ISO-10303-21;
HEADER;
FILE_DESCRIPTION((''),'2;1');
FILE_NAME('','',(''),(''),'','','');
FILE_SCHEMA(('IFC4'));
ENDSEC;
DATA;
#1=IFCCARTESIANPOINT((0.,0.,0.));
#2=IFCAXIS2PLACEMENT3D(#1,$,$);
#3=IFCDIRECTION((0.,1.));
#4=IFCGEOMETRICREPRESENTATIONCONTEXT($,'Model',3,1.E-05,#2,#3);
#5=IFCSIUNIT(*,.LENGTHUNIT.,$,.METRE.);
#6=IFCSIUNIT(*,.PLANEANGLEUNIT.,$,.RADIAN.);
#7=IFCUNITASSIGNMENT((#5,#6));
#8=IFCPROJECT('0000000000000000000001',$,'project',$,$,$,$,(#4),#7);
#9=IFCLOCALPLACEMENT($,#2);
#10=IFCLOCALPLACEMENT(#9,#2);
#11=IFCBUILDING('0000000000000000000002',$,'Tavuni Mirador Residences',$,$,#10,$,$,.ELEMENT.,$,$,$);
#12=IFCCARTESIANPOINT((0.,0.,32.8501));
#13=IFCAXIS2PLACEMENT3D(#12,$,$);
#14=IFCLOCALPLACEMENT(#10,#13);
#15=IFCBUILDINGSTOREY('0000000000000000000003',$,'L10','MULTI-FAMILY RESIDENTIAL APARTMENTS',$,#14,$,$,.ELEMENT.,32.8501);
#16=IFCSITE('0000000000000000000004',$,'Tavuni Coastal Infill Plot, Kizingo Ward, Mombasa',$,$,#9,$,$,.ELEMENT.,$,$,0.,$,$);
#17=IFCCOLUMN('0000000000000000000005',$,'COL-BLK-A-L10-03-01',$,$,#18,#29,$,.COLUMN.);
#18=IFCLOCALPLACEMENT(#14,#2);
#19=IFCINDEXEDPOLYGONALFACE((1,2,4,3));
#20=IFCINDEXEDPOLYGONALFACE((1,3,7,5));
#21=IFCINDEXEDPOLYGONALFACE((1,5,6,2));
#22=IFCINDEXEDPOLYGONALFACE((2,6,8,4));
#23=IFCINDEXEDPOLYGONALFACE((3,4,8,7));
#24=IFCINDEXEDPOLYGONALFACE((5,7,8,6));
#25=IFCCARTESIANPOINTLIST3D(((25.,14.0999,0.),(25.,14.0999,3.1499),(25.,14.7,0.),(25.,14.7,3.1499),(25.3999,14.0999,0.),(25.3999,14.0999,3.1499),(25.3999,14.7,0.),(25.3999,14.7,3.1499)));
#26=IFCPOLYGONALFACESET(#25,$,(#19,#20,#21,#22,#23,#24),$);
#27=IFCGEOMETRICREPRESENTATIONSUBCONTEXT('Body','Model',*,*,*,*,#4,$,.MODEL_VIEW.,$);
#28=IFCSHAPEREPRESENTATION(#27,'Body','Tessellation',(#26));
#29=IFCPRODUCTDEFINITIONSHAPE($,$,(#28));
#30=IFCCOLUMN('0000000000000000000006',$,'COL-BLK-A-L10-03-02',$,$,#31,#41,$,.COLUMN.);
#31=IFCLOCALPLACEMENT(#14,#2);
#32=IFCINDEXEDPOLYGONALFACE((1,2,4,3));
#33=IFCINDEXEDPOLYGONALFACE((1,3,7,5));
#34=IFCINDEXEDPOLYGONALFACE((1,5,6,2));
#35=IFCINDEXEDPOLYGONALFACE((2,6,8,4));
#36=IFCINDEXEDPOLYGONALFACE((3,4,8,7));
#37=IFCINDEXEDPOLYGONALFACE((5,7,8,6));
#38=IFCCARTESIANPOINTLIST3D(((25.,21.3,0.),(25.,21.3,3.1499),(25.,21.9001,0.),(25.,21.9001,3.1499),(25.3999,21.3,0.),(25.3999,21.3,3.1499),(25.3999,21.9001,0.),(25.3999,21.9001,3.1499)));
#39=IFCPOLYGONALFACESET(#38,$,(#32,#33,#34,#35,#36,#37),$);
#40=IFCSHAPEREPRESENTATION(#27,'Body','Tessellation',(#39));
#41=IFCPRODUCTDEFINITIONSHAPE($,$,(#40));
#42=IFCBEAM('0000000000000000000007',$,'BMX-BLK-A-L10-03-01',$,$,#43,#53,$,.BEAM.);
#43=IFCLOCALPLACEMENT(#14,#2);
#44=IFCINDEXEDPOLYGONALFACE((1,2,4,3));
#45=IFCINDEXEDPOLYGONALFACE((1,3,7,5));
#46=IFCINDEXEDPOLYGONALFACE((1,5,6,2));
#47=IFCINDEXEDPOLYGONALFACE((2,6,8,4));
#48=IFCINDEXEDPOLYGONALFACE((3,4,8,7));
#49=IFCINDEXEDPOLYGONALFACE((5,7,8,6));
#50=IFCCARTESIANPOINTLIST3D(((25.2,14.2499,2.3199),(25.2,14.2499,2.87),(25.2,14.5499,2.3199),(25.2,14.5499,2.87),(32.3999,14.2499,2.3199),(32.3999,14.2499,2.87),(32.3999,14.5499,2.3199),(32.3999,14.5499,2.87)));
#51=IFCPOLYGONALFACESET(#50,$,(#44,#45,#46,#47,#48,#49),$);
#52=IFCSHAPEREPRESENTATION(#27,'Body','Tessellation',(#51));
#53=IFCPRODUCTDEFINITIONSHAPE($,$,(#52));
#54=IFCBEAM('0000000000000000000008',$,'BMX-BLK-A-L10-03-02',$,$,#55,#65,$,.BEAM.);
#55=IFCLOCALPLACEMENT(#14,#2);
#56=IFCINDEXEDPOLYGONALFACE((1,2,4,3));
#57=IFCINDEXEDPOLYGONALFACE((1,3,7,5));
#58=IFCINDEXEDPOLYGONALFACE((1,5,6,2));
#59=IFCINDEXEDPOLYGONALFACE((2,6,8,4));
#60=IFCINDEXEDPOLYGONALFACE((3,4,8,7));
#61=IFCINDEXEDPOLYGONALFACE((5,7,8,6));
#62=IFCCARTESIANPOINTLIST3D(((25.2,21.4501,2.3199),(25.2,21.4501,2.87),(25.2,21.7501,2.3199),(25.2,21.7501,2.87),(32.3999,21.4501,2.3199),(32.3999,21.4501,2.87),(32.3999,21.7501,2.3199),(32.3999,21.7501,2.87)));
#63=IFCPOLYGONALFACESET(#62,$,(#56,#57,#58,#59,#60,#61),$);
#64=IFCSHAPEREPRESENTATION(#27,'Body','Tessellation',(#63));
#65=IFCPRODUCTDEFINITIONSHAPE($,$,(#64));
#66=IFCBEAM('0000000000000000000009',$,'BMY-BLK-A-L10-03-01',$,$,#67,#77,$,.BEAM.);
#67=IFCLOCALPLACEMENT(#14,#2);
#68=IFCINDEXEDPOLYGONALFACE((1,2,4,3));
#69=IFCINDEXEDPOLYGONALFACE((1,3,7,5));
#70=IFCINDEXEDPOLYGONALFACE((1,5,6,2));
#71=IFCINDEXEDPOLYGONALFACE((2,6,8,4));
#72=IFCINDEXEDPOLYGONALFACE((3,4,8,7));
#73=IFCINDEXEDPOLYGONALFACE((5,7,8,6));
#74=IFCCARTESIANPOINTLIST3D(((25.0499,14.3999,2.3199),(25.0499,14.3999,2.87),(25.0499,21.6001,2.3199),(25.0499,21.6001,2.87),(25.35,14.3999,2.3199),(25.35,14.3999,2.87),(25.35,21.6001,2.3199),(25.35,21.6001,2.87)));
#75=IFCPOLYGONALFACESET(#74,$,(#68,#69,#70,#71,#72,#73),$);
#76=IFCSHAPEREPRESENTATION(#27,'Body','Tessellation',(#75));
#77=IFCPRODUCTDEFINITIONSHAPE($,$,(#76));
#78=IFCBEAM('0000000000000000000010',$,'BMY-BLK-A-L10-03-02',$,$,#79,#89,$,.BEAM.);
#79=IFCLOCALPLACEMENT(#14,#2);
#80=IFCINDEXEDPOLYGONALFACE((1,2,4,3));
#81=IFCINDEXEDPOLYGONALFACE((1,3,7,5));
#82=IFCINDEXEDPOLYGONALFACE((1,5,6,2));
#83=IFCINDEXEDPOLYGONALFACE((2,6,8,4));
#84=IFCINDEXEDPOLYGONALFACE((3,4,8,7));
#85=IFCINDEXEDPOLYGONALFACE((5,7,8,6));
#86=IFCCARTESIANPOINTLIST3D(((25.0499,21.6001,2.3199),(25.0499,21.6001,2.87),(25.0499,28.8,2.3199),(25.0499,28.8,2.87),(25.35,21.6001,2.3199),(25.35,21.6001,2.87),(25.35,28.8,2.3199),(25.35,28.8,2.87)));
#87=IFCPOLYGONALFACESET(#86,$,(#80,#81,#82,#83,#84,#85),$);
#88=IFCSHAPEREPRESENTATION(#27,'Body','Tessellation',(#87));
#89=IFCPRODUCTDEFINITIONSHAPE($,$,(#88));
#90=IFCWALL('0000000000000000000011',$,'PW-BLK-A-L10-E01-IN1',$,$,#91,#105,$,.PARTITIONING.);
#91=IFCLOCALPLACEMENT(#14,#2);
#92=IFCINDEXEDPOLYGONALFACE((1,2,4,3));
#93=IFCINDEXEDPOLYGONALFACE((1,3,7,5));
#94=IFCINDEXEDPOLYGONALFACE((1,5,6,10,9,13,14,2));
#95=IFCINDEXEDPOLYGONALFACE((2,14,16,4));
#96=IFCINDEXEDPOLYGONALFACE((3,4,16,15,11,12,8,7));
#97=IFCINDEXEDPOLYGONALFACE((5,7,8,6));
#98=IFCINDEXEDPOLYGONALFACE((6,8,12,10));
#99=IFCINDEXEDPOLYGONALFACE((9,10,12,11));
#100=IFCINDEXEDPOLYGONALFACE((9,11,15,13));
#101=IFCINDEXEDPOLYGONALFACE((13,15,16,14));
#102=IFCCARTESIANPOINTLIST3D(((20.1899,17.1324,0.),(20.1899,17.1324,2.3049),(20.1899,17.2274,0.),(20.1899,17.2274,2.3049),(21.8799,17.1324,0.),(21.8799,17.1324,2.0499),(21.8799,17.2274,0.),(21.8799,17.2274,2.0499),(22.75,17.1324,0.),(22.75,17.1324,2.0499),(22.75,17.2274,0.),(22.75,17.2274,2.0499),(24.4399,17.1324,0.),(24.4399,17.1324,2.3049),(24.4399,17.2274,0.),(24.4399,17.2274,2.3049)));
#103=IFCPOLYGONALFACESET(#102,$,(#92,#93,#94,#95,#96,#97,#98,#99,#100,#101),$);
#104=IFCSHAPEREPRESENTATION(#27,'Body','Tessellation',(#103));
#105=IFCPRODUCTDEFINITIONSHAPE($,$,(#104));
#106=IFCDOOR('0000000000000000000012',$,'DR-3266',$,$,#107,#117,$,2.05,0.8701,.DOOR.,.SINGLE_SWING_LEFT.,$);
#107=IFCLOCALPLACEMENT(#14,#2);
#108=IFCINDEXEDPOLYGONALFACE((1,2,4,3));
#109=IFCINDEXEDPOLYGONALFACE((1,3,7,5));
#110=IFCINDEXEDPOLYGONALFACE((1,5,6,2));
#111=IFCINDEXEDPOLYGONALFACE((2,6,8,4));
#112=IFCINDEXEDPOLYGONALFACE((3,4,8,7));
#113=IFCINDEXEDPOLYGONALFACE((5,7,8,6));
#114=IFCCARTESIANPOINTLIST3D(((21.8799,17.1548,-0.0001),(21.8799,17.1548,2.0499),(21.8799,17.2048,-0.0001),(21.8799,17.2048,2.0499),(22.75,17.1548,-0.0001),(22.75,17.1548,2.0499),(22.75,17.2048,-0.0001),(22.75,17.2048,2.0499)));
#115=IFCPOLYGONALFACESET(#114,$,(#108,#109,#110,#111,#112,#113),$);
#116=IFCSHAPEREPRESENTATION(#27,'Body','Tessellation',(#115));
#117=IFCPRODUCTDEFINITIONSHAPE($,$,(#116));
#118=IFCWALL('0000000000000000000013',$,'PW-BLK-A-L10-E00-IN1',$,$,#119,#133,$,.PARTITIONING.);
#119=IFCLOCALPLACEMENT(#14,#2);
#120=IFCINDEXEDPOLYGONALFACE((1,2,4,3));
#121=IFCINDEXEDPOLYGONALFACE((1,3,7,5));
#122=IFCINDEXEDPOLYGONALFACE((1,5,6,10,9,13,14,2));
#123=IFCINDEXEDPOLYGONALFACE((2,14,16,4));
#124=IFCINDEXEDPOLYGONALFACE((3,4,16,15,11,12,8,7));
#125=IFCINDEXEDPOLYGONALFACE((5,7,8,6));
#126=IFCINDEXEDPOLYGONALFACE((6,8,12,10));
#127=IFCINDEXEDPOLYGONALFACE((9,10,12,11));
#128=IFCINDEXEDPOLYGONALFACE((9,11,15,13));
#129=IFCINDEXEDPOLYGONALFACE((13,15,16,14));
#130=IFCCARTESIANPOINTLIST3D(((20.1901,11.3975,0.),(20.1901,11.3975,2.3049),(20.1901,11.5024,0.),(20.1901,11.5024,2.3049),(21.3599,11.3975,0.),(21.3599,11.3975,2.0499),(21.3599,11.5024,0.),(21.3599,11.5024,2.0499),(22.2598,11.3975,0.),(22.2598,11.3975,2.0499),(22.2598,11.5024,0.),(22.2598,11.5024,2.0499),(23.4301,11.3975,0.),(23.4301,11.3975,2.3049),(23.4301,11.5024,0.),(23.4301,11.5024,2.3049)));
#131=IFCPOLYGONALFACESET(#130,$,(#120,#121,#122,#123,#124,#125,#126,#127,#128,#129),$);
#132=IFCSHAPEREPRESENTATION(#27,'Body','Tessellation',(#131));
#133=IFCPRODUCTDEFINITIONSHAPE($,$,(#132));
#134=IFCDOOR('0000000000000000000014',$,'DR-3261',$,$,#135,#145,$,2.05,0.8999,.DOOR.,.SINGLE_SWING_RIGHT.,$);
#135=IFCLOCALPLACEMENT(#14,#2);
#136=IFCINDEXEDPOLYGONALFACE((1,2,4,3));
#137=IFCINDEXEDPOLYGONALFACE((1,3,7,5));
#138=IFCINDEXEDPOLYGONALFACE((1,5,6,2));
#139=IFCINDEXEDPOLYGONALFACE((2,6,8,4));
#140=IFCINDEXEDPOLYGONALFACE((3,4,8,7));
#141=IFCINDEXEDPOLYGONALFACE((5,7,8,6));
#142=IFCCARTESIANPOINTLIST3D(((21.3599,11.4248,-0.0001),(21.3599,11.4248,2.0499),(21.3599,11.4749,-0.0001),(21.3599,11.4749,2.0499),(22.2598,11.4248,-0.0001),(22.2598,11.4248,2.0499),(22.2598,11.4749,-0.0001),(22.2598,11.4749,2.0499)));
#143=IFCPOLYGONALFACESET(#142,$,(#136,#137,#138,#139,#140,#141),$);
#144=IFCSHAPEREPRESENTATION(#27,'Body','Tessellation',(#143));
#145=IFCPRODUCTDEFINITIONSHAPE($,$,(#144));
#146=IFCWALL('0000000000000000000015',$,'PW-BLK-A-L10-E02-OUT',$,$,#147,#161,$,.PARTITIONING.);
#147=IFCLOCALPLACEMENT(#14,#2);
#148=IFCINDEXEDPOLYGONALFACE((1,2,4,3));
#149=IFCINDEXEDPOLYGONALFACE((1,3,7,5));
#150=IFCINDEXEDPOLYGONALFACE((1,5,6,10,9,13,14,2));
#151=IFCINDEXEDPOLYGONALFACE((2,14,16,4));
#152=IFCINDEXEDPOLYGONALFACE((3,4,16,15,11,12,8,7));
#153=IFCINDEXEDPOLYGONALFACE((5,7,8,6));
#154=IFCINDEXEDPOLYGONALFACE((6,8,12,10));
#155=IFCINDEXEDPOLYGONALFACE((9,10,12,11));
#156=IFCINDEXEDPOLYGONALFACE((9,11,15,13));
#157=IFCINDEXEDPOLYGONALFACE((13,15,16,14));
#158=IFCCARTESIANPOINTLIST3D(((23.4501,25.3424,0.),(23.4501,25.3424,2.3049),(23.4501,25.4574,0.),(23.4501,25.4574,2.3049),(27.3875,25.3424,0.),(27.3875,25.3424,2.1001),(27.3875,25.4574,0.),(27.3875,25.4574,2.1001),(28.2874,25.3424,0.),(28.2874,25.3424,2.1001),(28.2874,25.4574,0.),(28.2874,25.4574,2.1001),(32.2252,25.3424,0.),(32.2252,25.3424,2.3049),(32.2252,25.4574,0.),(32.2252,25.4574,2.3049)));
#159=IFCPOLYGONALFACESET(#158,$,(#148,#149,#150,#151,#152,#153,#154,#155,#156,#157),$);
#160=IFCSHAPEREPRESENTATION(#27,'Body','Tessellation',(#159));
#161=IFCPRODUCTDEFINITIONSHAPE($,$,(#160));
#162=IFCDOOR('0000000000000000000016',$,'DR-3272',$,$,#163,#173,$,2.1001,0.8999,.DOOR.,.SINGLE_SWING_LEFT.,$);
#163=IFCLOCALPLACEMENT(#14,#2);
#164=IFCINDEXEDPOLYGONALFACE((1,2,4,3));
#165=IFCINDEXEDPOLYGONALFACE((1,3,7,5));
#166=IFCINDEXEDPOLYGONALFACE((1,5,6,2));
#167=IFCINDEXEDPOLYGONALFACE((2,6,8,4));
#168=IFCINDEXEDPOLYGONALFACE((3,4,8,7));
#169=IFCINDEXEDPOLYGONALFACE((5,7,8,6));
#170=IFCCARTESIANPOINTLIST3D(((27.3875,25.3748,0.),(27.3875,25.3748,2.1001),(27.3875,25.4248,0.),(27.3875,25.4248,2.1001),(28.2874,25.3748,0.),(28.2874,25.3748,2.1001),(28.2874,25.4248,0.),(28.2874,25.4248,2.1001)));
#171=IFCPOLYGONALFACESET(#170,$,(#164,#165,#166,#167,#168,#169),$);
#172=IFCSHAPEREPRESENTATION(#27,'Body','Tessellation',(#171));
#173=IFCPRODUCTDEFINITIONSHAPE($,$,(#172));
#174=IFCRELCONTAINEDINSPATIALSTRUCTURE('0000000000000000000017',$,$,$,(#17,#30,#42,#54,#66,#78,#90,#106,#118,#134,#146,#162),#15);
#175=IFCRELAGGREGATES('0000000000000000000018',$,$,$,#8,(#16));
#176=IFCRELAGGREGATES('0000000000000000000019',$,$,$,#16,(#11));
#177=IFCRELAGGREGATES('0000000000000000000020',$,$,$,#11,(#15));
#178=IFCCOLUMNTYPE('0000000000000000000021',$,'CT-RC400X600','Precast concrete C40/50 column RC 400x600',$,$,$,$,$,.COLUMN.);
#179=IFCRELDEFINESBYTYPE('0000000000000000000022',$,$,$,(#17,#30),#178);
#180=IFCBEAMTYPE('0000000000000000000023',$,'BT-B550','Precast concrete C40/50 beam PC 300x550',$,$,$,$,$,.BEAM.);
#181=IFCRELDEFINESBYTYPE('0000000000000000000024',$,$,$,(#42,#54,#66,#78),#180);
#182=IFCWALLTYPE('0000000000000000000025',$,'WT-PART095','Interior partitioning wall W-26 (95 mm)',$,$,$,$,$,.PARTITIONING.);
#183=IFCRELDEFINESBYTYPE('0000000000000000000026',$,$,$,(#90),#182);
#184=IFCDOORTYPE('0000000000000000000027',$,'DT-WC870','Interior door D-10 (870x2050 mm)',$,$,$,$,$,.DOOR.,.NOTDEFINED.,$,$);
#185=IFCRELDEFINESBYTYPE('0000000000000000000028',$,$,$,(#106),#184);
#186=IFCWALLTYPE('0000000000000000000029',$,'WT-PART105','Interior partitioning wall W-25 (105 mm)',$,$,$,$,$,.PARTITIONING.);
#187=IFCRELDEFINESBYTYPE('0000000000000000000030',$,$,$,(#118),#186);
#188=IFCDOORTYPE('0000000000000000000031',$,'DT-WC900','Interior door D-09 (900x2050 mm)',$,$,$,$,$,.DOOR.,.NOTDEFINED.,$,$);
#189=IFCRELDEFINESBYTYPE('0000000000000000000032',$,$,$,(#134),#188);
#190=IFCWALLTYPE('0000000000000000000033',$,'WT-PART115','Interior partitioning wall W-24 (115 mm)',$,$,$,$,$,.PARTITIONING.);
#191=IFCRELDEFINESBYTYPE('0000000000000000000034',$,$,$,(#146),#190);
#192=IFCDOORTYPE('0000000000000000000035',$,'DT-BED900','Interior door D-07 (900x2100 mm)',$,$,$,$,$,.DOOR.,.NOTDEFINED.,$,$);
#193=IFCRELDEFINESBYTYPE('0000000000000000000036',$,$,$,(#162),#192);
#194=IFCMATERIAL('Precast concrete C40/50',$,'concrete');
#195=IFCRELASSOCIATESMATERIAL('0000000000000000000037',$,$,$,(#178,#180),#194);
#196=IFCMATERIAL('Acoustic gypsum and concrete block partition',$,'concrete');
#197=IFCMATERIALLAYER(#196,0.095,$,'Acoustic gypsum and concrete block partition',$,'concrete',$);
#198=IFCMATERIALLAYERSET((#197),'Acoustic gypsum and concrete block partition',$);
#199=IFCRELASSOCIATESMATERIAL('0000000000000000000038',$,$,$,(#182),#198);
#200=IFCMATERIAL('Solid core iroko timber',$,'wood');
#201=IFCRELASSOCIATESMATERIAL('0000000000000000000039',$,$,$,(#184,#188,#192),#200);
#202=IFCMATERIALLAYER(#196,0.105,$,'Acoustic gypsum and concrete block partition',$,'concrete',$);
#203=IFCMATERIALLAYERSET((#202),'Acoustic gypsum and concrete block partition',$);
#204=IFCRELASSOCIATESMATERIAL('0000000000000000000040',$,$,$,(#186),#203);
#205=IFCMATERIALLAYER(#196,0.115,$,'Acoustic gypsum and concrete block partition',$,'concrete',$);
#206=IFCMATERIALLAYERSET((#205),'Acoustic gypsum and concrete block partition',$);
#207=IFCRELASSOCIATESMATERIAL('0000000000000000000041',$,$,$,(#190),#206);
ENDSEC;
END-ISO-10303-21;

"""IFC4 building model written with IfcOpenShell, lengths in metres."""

from ifc_helpers import new_model, si_unit, direction, frame, frame_2d, origin, origin_2d, place, context, subcontext, project, spatial, rectangle, extrude, material, layer, layer_set, material_profile, profile_set, type_object, element, fill, save


model = new_model("IFC4")

# Units and contexts
model_context = context("Model", 3, precision=1e-05, world=origin(), true_north=direction((0.0, 1.0)))
body_context = subcontext(model_context, "Body", "Model", "MODEL_VIEW")
ifc_project = project(units=[si_unit("LENGTHUNIT", "METRE"), si_unit("PLANEANGLEUNIT", "RADIAN")], contexts=[model_context])

# Site, building, storey
site_placement = place(None, origin())
site = spatial("IfcSite", under=ifc_project, at=site_placement, Name="Tavuni Coastal Infill Plot, Kizingo Ward, Mombasa", CompositionType="ELEMENT", RefElevation=0.0)
building_placement = place(site_placement, origin())
building = spatial("IfcBuilding", under=site, at=building_placement, Name="Tavuni Mirador Residences", CompositionType="ELEMENT")
storey_placement = place(building_placement, frame((0.0, 0.0, 32.8501)))
storey = spatial("IfcBuildingStorey", under=building, at=storey_placement, Name="L10", Description="MULTI-FAMILY RESIDENTIAL APARTMENTS", CompositionType="ELEMENT", Elevation=32.8501)

# Columns
ifc_material_1 = material(Name="Precast concrete C40/50", Category="concrete")
ifc_material_profile_1 = material_profile(ifc_material_1, rectangle(XDim=0.3999, YDim=0.6001, at=origin_2d()), Name="RC 400x600", Category="concrete")
ifc_profile_set_1 = profile_set([ifc_material_profile_1], Name="Precast concrete C40/50")
column_type = type_object("IfcColumnType", Name="CT-RC400X600", Description="Precast concrete C40/50 column RC 400x600", PredefinedType="COLUMN", material=ifc_profile_set_1)
for number, where, z_axis, x_axis, name in (
    (1, (25.2, 14.3999, 0.0), (0.0, 0.0, 1.0), (1.0, 0.0, 0.0), "COL-BLK-A-L10-03-01"),
    (2, (25.2, 21.6001, 0.0), (0.0, 0.0, 1.0), (1.0, 0.0, 0.0), "COL-BLK-A-L10-03-02"),
):
    element("IfcColumn", number, at=place(storey_placement, frame(where, z_axis=z_axis, x_axis=x_axis)), inside=storey, type_object=column_type, Name=name, PredefinedType="COLUMN", context=body_context, shape_type="SweptSolid", body=[
        extrude(rectangle(XDim=0.3999, YDim=0.6001, at=origin_2d()), origin(), (0.0, 0.0, 1.0), 3.1499),
    ])

# Beams
ifc_material_profile_2 = material_profile(ifc_material_1, rectangle(XDim=0.3, YDim=0.55, at=origin_2d()), Name="PC 300x550", Category="concrete")
ifc_profile_set_2 = profile_set([ifc_material_profile_2], Name="Precast concrete C40/50")
beam_type = type_object("IfcBeamType", Name="BT-B550", Description="Precast concrete C40/50 beam PC 300x550", PredefinedType="BEAM", material=ifc_profile_set_2)
for number, where, z_axis, x_axis, name in (
    (3, (25.2, 14.3999, 2.595), (1.0, 0.0, 0.0), (0.0, 1.0, 0.0), "BMX-BLK-A-L10-03-01"),
    (4, (25.2, 21.6001, 2.595), (1.0, 0.0, 0.0), (0.0, 1.0, 0.0), "BMX-BLK-A-L10-03-02"),
):
    element("IfcBeam", number, at=place(storey_placement, frame(where, z_axis=z_axis, x_axis=x_axis)), inside=storey, type_object=beam_type, Name=name, PredefinedType="BEAM", context=body_context, shape_type="SweptSolid", body=[
        extrude(rectangle(XDim=0.3, YDim=0.55, at=origin_2d()), origin(), (0.0, 0.0, 1.0), 7.2),
    ])
beam_1_placement = place(storey_placement, frame((25.2, 14.3999, 2.595), z_axis=(0.0, 1.0, 0.0), x_axis=(-1.0, 0.0, 0.0)))
element("IfcBeam", 5, at=beam_1_placement, inside=storey, type_object=beam_type, Name="BMY-BLK-A-L10-03-01", PredefinedType="BEAM", context=body_context, shape_type="SweptSolid", body=[
    extrude(rectangle(XDim=0.3, YDim=0.55, at=origin_2d()), origin(), (0.0, 0.0, 1.0), 7.2002),
])
beam_2_placement = place(storey_placement, frame((25.2, 21.6001, 2.595), z_axis=(0.0, 1.0, 0.0), x_axis=(-1.0, 0.0, 0.0)))
element("IfcBeam", 6, at=beam_2_placement, inside=storey, type_object=beam_type, Name="BMY-BLK-A-L10-03-02", PredefinedType="BEAM", context=body_context, shape_type="SweptSolid", body=[
    extrude(rectangle(XDim=0.3, YDim=0.55, at=origin_2d()), origin(), (0.0, 0.0, 1.0), 7.2),
])

# Walls, openings, doors
ifc_material_2 = material(Name="Acoustic gypsum and concrete block partition", Category="concrete")
ifc_layer_1 = layer(ifc_material_2, 0.095, Name="Acoustic gypsum and concrete block partition", Category="concrete")
ifc_layer_set_1 = layer_set([ifc_layer_1], Name="Acoustic gypsum and concrete block partition")
wall_type_1 = type_object("IfcWallType", Name="WT-PART095", Description="Interior partitioning wall W-26 (95 mm)", PredefinedType="PARTITIONING", material=ifc_layer_set_1)
wall_1_placement = place(storey_placement, frame((20.1899, 17.1799, 0.0), z_axis=(0.0, 0.0, 1.0), x_axis=(1.0, 0.0, 0.0)))
wall_1 = element("IfcWall", 7, at=wall_1_placement, inside=storey, type_object=wall_type_1, Name="PW-BLK-A-L10-E01-IN1", PredefinedType="PARTITIONING", context=body_context, shape_type="SweptSolid", body=[
    extrude(rectangle(XDim=4.25, YDim=0.095, at=frame_2d((2.125, 0.0))), origin(), (0.0, 0.0, 1.0), 2.3049),
])
opening_1_placement = place(wall_1_placement, frame((1.6899, 0.0, 0.0)))
opening_1 = element("IfcOpeningElement", 8, at=opening_1_placement, cuts=wall_1, PredefinedType="OPENING", context=body_context, shape_type="SweptSolid", body=[
    extrude(rectangle(XDim=0.8701, YDim=2.05, at=frame_2d((0.4351, 1.0249))), frame((0.0, 0.0576, 0.0), z_axis=(0.0, -1.0, 0.0), x_axis=(1.0, 0.0, 0.0)), (0.0, 0.0, 1.0), 0.115),
])
ifc_material_3 = material(Name="Solid core iroko timber", Category="wood")
door_type_1 = type_object("IfcDoorType", Name="DT-WC870", Description="Interior door D-10 (870x2050 mm)", OperationType="NOTDEFINED", PredefinedType="DOOR", material=ifc_material_3)
door_1_placement = place(opening_1_placement, origin())
door_1 = element("IfcDoor", 9, at=door_1_placement, inside=storey, type_object=door_type_1, Name="DR-3266", OperationType="SINGLE_SWING_LEFT", OverallHeight=2.05, OverallWidth=0.8701, PredefinedType="DOOR", context=body_context, shape_type="SweptSolid", body=[
    extrude(rectangle(XDim=0.8701, YDim=2.05, at=frame_2d((0.4351, 1.0249))), frame((0.0, 0.0249, 0.0), z_axis=(0.0, -1.0, 0.0), x_axis=(1.0, 0.0, 0.0)), (0.0, 0.0, 1.0), 0.05),
])
fill(opening_1, door_1)
ifc_layer_2 = layer(ifc_material_2, 0.105, Name="Acoustic gypsum and concrete block partition", Category="concrete")
ifc_layer_set_2 = layer_set([ifc_layer_2], Name="Acoustic gypsum and concrete block partition")
wall_type_2 = type_object("IfcWallType", Name="WT-PART105", Description="Interior partitioning wall W-25 (105 mm)", PredefinedType="PARTITIONING", material=ifc_layer_set_2)
wall_2_placement = place(storey_placement, frame((20.1899, 11.45, 0.0), z_axis=(0.0, 0.0, 1.0), x_axis=(1.0, 0.0, 0.0)))
wall_2 = element("IfcWall", 10, at=wall_2_placement, inside=storey, type_object=wall_type_2, Name="PW-BLK-A-L10-E00-IN1", PredefinedType="PARTITIONING", context=body_context, shape_type="SweptSolid", body=[
    extrude(rectangle(XDim=3.24, YDim=0.105, at=frame_2d((1.6201, 0.0))), origin(), (0.0, 0.0, 1.0), 2.3049),
])
opening_2_placement = place(wall_2_placement, frame((1.1699, 0.0, 0.0)))
opening_2 = element("IfcOpeningElement", 11, at=opening_2_placement, cuts=wall_2, PredefinedType="OPENING", context=body_context, shape_type="SweptSolid", body=[
    extrude(rectangle(XDim=0.8999, YDim=2.05, at=frame_2d((0.45, 1.0249))), frame((0.0, 0.0625, 0.0), z_axis=(0.0, -1.0, 0.0), x_axis=(1.0, 0.0, 0.0)), (0.0, 0.0, 1.0), 0.125),
])
door_type_2 = type_object("IfcDoorType", Name="DT-WC900", Description="Interior door D-09 (900x2050 mm)", OperationType="NOTDEFINED", PredefinedType="DOOR", material=ifc_material_3)
door_2_placement = place(opening_2_placement, origin())
door_2 = element("IfcDoor", 12, at=door_2_placement, inside=storey, type_object=door_type_2, Name="DR-3261", OperationType="SINGLE_SWING_RIGHT", OverallHeight=2.05, OverallWidth=0.8999, PredefinedType="DOOR", context=body_context, shape_type="SweptSolid", body=[
    extrude(rectangle(XDim=0.8999, YDim=2.05, at=frame_2d((0.45, 1.0249))), frame((0.0, 0.0249, 0.0), z_axis=(0.0, -1.0, 0.0), x_axis=(1.0, 0.0, 0.0)), (0.0, 0.0, 1.0), 0.05),
])
fill(opening_2, door_2)
ifc_layer_3 = layer(ifc_material_2, 0.115, Name="Acoustic gypsum and concrete block partition", Category="concrete")
ifc_layer_set_3 = layer_set([ifc_layer_3], Name="Acoustic gypsum and concrete block partition")
wall_type_3 = type_object("IfcWallType", Name="WT-PART115", Description="Interior partitioning wall W-24 (115 mm)", PredefinedType="PARTITIONING", material=ifc_layer_set_3)
wall_3_placement = place(storey_placement, frame((23.45, 25.3999, 0.0), z_axis=(0.0, 0.0, 1.0), x_axis=(1.0, 0.0, 0.0)))
wall_3 = element("IfcWall", 13, at=wall_3_placement, inside=storey, type_object=wall_type_3, Name="PW-BLK-A-L10-E02-OUT", PredefinedType="PARTITIONING", context=body_context, shape_type="SweptSolid", body=[
    extrude(rectangle(XDim=8.7751, YDim=0.115, at=frame_2d((4.3877, 0.0))), origin(), (0.0, 0.0, 1.0), 2.3049),
])
opening_3_placement = place(wall_3_placement, frame((3.9375, 0.0, 0.0)))
opening_3 = element("IfcOpeningElement", 14, at=opening_3_placement, cuts=wall_3, PredefinedType="OPENING", context=body_context, shape_type="SweptSolid", body=[
    extrude(rectangle(XDim=0.8999, YDim=2.1001, at=frame_2d((0.45, 1.05))), frame((0.0, 0.0674, 0.0), z_axis=(0.0, -1.0, 0.0), x_axis=(1.0, 0.0, 0.0)), (0.0, 0.0, 1.0), 0.135),
])
door_type_3 = type_object("IfcDoorType", Name="DT-BED900", Description="Interior door D-07 (900x2100 mm)", OperationType="NOTDEFINED", PredefinedType="DOOR", material=ifc_material_3)
door_3_placement = place(opening_3_placement, origin())
door_3 = element("IfcDoor", 15, at=door_3_placement, inside=storey, type_object=door_type_3, Name="DR-3272", OperationType="SINGLE_SWING_LEFT", OverallHeight=2.1001, OverallWidth=0.8999, PredefinedType="DOOR", context=body_context, shape_type="SweptSolid", body=[
    extrude(rectangle(XDim=0.8999, YDim=2.1001, at=frame_2d((0.45, 1.05))), frame((0.0, 0.0249, 0.0), z_axis=(0.0, -1.0, 0.0), x_axis=(1.0, 0.0, 0.0)), (0.0, 0.0, 1.0), 0.05),
])
fill(opening_3, door_3)

save(model, "model.ifc")
